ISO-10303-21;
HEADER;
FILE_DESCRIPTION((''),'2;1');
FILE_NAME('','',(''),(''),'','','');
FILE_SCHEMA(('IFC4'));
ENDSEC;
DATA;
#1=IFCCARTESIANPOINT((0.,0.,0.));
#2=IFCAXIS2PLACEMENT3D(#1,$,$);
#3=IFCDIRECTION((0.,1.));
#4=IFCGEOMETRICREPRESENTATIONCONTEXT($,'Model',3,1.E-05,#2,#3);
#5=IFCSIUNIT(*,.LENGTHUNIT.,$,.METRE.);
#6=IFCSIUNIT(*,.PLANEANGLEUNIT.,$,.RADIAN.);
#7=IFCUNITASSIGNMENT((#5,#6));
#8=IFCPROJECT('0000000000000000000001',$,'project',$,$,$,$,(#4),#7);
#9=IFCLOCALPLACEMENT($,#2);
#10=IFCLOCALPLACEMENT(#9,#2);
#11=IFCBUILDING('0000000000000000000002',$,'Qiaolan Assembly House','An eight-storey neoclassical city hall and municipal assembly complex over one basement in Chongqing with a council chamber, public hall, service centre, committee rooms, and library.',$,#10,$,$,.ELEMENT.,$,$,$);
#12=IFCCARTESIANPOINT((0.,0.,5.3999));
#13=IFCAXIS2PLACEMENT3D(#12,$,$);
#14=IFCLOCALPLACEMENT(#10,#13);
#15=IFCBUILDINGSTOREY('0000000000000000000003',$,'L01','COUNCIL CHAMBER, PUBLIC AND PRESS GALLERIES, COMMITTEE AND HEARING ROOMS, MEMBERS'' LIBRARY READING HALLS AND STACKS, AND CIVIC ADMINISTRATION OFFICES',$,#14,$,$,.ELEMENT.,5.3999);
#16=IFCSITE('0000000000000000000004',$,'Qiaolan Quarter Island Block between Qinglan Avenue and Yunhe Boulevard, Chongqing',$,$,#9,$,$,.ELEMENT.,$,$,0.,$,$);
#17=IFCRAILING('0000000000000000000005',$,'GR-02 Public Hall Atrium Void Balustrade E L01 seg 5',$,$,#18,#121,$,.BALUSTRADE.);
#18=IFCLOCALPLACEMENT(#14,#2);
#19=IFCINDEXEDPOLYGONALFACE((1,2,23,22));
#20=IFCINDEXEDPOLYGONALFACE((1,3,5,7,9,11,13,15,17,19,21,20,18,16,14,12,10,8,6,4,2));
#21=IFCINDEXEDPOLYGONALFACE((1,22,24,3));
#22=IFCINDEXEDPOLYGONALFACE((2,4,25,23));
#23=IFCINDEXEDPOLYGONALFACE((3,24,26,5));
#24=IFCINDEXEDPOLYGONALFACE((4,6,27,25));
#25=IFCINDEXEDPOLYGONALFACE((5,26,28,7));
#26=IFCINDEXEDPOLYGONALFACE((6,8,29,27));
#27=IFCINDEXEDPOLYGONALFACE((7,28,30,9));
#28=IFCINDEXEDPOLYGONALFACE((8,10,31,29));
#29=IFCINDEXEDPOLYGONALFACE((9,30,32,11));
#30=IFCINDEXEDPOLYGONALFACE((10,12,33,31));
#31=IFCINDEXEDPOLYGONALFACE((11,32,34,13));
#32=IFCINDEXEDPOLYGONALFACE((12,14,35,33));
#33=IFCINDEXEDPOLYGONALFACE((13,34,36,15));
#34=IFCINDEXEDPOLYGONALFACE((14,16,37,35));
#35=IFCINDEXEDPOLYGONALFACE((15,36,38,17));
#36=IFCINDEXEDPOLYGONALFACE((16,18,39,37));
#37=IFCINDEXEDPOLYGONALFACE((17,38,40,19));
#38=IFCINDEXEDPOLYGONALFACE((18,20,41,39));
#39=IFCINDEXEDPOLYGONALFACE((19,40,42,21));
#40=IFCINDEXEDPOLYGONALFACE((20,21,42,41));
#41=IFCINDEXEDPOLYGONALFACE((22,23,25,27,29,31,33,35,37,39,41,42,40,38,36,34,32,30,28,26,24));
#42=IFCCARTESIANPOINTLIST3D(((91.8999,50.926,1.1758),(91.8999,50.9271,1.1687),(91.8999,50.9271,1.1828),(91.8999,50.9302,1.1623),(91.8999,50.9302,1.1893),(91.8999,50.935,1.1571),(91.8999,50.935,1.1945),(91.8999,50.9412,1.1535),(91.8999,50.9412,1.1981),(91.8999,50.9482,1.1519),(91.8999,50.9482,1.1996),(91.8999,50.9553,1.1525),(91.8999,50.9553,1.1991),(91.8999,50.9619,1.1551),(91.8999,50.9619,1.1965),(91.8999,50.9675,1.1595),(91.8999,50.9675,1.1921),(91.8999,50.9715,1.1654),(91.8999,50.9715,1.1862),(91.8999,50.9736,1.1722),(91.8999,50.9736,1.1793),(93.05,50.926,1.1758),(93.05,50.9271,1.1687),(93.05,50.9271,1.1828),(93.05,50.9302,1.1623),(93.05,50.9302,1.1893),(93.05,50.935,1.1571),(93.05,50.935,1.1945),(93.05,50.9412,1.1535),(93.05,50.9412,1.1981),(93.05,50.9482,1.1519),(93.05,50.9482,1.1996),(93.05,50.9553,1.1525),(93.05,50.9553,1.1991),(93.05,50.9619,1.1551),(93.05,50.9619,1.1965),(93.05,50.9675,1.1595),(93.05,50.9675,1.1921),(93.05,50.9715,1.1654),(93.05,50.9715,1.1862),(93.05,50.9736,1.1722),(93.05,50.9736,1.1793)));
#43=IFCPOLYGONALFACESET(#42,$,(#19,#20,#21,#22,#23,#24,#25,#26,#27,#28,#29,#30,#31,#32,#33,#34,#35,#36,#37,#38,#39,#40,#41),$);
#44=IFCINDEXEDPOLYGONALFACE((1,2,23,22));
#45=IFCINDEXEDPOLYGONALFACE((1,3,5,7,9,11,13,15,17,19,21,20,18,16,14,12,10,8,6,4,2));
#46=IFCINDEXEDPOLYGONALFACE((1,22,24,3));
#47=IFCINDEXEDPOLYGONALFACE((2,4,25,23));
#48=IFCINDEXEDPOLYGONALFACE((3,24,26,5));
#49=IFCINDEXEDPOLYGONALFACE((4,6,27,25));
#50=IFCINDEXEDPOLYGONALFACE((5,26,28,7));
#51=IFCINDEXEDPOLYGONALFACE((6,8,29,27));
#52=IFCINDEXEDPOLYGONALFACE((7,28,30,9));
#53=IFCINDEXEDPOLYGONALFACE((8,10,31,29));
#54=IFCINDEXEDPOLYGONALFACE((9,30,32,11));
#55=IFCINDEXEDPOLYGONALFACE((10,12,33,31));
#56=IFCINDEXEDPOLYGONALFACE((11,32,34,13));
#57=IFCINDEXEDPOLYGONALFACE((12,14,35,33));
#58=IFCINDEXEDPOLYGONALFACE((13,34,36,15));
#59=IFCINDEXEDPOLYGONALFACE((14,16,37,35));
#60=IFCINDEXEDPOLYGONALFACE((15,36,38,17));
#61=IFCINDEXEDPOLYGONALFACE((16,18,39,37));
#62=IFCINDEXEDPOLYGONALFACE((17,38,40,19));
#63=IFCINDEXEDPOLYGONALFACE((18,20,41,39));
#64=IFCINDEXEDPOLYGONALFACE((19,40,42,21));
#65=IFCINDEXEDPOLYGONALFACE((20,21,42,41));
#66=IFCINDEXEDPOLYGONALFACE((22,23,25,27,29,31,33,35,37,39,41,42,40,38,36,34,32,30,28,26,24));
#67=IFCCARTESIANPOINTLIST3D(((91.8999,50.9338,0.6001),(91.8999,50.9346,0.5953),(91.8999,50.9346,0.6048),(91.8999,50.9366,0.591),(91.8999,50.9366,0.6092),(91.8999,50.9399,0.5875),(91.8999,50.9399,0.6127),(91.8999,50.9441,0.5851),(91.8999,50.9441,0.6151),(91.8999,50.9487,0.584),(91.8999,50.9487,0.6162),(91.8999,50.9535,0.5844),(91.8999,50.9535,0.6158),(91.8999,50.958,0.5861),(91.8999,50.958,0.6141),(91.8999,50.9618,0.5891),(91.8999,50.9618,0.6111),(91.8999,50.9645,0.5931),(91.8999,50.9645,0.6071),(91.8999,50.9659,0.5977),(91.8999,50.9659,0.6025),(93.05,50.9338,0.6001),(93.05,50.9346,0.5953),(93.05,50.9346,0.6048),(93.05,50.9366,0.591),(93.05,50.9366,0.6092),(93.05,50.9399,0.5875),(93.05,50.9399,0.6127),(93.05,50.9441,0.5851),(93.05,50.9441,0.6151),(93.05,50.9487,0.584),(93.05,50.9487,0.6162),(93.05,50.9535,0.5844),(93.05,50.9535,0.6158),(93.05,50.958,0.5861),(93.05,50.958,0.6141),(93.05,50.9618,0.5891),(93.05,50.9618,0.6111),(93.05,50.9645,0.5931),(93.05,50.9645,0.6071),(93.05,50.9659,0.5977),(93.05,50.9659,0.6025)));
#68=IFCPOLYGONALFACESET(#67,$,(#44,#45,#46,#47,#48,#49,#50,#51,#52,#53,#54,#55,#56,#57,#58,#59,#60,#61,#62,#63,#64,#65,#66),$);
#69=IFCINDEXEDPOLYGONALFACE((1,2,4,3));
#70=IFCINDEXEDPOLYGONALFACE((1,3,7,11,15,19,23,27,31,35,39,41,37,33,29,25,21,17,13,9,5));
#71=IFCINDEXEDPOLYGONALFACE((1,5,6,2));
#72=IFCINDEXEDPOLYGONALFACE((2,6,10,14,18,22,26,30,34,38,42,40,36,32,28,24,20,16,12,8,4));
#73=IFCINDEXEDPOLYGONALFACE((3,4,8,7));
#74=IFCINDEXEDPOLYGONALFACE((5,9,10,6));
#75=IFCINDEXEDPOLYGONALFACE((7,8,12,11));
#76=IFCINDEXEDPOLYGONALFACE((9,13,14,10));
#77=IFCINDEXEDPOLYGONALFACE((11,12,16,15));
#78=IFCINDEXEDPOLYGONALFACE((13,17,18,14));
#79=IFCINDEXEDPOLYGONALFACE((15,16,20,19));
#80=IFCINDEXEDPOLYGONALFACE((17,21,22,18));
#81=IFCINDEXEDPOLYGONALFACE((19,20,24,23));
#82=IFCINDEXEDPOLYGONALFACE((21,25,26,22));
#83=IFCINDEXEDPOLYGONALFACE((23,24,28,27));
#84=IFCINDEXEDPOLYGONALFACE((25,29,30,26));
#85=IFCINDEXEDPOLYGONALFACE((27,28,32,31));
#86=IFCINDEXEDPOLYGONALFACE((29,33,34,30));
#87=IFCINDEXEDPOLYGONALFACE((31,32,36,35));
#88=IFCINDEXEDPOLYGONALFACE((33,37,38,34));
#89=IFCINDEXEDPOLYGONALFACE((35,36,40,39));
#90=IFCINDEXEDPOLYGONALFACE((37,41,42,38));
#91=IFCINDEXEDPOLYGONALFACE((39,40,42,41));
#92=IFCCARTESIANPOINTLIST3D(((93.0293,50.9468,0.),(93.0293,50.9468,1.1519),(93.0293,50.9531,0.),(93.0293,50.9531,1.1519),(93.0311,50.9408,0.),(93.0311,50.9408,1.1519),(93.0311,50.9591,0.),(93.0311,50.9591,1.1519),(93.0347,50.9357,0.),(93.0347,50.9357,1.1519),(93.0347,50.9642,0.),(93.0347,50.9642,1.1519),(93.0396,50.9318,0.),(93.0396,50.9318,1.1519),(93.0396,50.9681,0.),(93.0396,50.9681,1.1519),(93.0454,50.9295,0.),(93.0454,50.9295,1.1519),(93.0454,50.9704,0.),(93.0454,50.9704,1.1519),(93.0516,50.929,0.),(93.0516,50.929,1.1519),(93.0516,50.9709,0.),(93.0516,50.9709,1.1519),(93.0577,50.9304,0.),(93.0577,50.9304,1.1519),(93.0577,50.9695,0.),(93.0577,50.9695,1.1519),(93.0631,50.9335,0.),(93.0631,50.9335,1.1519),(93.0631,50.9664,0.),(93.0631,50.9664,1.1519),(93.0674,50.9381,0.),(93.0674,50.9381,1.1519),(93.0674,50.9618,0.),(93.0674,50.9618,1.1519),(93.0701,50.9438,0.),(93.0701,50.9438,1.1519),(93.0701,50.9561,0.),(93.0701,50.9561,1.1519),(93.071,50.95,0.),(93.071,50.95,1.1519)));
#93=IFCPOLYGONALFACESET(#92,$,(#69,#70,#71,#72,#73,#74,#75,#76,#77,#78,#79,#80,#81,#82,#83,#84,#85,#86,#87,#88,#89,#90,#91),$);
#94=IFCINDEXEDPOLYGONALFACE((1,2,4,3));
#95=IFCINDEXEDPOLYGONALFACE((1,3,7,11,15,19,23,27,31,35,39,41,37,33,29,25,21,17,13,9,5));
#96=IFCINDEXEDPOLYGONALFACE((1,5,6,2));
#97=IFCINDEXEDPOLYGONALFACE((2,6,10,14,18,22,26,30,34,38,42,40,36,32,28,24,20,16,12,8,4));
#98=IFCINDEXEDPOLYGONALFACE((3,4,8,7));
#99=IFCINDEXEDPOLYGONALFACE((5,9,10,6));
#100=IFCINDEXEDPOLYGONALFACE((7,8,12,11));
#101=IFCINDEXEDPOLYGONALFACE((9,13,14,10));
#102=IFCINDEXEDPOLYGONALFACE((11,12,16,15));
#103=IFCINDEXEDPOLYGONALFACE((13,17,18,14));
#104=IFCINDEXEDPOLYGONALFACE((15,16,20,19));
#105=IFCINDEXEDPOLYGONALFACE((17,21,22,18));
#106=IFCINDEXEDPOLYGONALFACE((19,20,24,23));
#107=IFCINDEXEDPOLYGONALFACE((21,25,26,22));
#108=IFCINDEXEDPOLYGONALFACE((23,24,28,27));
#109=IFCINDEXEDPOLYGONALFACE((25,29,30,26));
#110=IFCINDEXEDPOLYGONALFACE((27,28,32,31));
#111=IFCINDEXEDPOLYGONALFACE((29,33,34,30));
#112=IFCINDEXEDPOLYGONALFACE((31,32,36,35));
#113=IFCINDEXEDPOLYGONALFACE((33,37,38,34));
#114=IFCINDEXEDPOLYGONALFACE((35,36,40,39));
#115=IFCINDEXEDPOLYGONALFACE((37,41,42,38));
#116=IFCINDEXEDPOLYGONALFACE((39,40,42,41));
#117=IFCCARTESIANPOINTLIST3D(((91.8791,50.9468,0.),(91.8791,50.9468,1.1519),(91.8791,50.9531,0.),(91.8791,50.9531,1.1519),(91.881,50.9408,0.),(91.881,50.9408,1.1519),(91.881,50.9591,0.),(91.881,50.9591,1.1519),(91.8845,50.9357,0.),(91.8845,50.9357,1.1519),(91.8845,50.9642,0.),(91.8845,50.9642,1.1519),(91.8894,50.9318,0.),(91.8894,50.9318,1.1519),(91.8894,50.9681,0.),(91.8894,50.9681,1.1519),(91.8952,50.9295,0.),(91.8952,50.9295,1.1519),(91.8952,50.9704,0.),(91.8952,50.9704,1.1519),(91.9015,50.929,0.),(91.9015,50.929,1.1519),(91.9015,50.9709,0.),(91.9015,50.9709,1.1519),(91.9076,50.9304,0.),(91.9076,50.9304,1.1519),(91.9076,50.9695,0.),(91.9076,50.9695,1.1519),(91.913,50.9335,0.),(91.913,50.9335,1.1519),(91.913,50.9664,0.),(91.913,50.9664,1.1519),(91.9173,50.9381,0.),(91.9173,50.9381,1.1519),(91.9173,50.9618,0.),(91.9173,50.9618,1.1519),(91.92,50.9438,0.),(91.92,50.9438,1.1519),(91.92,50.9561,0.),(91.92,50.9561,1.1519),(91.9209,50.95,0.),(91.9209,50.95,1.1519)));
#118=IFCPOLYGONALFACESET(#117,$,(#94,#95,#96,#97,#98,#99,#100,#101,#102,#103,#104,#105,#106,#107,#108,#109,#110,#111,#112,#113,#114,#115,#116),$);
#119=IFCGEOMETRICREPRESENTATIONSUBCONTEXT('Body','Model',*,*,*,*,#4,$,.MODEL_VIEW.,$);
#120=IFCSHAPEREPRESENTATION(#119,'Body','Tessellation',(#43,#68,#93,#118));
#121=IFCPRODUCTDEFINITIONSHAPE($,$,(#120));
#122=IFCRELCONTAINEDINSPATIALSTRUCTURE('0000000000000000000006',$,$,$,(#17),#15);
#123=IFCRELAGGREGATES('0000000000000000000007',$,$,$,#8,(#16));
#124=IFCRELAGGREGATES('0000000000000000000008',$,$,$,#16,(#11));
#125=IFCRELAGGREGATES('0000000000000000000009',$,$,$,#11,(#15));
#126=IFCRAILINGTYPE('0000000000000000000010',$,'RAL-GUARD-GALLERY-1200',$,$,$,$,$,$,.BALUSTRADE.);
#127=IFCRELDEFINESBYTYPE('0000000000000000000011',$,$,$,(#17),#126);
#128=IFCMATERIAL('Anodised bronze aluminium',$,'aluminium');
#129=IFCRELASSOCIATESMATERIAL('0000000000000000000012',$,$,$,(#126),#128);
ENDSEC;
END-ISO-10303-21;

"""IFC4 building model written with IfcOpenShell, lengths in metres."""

from ifc_helpers import new_model, si_unit, direction, frame, origin, origin_2d, place, context, subcontext, project, spatial, circle, extrude, material, type_object, element, save


model = new_model("IFC4")

# Units and contexts
model_context = context("Model", 3, precision=1e-05, world=origin(), true_north=direction((0.0, 1.0)))
body_context = subcontext(model_context, "Body", "Model", "MODEL_VIEW")
ifc_project = project(units=[si_unit("LENGTHUNIT", "METRE"), si_unit("PLANEANGLEUNIT", "RADIAN")], contexts=[model_context])

# Site, building, storey
site_placement = place(None, origin())
site = spatial("IfcSite", under=ifc_project, at=site_placement, Name="Qiaolan Quarter Island Block between Qinglan Avenue and Yunhe Boulevard, Chongqing", CompositionType="ELEMENT", RefElevation=0.0)
building_placement = place(site_placement, origin())
building = spatial("IfcBuilding", under=site, at=building_placement, Name="Qiaolan Assembly House", Description="An eight-storey neoclassical city hall and municipal assembly complex over one basement in Chongqing with a council chamber, public hall, service centre, committee rooms, and library.", CompositionType="ELEMENT")
storey_placement = place(building_placement, frame((0.0, 0.0, 5.3999)))
storey = spatial("IfcBuildingStorey", under=building, at=storey_placement, Name="L01", Description="COUNCIL CHAMBER, PUBLIC AND PRESS GALLERIES, COMMITTEE AND HEARING ROOMS, MEMBERS' LIBRARY READING HALLS AND STACKS, AND CIVIC ADMINISTRATION OFFICES", CompositionType="ELEMENT", Elevation=5.3999)

# Shared definitions
ifc_material_1 = material(Name="Anodised bronze aluminium", Category="aluminium")

# Railing
railing_type = type_object("IfcRailingType", Name="RAL-GUARD-GALLERY-1200", PredefinedType="BALUSTRADE", material=ifc_material_1)
railing_1_placement = place(storey_placement, frame((93.05, 50.95, 0.0)))
element("IfcRailing", 1, at=railing_1_placement, inside=storey, type_object=railing_type, Name="GR-02 Public Hall Atrium Void Balustrade E L01 seg 5", PredefinedType="BALUSTRADE", context=body_context, shape_type="SweptSolid", body=[
    extrude(circle(Radius=0.0239, at=origin_2d()), frame((0.0, 0.0, 1.1758), z_axis=(-1.0, 0.0, 0.0), x_axis=(0.0, -1.0, 0.0)), (0.0, 0.0, 1.0), 1.1501),
    extrude(circle(Radius=0.0161, at=origin_2d()), frame((0.0, 0.0, 0.6001), z_axis=(-1.0, 0.0, 0.0), x_axis=(0.0, -1.0, 0.0)), (0.0, 0.0, 1.0), 1.1501),
    extrude(circle(Radius=0.021, at=origin_2d()), origin(), (0.0, 0.0, 1.0), 1.1519),
    extrude(circle(Radius=0.021, at=origin_2d()), frame((-1.1501, 0.0, 0.0)), (0.0, 0.0, 1.0), 1.1519),
])

save(model, "model.ifc")
